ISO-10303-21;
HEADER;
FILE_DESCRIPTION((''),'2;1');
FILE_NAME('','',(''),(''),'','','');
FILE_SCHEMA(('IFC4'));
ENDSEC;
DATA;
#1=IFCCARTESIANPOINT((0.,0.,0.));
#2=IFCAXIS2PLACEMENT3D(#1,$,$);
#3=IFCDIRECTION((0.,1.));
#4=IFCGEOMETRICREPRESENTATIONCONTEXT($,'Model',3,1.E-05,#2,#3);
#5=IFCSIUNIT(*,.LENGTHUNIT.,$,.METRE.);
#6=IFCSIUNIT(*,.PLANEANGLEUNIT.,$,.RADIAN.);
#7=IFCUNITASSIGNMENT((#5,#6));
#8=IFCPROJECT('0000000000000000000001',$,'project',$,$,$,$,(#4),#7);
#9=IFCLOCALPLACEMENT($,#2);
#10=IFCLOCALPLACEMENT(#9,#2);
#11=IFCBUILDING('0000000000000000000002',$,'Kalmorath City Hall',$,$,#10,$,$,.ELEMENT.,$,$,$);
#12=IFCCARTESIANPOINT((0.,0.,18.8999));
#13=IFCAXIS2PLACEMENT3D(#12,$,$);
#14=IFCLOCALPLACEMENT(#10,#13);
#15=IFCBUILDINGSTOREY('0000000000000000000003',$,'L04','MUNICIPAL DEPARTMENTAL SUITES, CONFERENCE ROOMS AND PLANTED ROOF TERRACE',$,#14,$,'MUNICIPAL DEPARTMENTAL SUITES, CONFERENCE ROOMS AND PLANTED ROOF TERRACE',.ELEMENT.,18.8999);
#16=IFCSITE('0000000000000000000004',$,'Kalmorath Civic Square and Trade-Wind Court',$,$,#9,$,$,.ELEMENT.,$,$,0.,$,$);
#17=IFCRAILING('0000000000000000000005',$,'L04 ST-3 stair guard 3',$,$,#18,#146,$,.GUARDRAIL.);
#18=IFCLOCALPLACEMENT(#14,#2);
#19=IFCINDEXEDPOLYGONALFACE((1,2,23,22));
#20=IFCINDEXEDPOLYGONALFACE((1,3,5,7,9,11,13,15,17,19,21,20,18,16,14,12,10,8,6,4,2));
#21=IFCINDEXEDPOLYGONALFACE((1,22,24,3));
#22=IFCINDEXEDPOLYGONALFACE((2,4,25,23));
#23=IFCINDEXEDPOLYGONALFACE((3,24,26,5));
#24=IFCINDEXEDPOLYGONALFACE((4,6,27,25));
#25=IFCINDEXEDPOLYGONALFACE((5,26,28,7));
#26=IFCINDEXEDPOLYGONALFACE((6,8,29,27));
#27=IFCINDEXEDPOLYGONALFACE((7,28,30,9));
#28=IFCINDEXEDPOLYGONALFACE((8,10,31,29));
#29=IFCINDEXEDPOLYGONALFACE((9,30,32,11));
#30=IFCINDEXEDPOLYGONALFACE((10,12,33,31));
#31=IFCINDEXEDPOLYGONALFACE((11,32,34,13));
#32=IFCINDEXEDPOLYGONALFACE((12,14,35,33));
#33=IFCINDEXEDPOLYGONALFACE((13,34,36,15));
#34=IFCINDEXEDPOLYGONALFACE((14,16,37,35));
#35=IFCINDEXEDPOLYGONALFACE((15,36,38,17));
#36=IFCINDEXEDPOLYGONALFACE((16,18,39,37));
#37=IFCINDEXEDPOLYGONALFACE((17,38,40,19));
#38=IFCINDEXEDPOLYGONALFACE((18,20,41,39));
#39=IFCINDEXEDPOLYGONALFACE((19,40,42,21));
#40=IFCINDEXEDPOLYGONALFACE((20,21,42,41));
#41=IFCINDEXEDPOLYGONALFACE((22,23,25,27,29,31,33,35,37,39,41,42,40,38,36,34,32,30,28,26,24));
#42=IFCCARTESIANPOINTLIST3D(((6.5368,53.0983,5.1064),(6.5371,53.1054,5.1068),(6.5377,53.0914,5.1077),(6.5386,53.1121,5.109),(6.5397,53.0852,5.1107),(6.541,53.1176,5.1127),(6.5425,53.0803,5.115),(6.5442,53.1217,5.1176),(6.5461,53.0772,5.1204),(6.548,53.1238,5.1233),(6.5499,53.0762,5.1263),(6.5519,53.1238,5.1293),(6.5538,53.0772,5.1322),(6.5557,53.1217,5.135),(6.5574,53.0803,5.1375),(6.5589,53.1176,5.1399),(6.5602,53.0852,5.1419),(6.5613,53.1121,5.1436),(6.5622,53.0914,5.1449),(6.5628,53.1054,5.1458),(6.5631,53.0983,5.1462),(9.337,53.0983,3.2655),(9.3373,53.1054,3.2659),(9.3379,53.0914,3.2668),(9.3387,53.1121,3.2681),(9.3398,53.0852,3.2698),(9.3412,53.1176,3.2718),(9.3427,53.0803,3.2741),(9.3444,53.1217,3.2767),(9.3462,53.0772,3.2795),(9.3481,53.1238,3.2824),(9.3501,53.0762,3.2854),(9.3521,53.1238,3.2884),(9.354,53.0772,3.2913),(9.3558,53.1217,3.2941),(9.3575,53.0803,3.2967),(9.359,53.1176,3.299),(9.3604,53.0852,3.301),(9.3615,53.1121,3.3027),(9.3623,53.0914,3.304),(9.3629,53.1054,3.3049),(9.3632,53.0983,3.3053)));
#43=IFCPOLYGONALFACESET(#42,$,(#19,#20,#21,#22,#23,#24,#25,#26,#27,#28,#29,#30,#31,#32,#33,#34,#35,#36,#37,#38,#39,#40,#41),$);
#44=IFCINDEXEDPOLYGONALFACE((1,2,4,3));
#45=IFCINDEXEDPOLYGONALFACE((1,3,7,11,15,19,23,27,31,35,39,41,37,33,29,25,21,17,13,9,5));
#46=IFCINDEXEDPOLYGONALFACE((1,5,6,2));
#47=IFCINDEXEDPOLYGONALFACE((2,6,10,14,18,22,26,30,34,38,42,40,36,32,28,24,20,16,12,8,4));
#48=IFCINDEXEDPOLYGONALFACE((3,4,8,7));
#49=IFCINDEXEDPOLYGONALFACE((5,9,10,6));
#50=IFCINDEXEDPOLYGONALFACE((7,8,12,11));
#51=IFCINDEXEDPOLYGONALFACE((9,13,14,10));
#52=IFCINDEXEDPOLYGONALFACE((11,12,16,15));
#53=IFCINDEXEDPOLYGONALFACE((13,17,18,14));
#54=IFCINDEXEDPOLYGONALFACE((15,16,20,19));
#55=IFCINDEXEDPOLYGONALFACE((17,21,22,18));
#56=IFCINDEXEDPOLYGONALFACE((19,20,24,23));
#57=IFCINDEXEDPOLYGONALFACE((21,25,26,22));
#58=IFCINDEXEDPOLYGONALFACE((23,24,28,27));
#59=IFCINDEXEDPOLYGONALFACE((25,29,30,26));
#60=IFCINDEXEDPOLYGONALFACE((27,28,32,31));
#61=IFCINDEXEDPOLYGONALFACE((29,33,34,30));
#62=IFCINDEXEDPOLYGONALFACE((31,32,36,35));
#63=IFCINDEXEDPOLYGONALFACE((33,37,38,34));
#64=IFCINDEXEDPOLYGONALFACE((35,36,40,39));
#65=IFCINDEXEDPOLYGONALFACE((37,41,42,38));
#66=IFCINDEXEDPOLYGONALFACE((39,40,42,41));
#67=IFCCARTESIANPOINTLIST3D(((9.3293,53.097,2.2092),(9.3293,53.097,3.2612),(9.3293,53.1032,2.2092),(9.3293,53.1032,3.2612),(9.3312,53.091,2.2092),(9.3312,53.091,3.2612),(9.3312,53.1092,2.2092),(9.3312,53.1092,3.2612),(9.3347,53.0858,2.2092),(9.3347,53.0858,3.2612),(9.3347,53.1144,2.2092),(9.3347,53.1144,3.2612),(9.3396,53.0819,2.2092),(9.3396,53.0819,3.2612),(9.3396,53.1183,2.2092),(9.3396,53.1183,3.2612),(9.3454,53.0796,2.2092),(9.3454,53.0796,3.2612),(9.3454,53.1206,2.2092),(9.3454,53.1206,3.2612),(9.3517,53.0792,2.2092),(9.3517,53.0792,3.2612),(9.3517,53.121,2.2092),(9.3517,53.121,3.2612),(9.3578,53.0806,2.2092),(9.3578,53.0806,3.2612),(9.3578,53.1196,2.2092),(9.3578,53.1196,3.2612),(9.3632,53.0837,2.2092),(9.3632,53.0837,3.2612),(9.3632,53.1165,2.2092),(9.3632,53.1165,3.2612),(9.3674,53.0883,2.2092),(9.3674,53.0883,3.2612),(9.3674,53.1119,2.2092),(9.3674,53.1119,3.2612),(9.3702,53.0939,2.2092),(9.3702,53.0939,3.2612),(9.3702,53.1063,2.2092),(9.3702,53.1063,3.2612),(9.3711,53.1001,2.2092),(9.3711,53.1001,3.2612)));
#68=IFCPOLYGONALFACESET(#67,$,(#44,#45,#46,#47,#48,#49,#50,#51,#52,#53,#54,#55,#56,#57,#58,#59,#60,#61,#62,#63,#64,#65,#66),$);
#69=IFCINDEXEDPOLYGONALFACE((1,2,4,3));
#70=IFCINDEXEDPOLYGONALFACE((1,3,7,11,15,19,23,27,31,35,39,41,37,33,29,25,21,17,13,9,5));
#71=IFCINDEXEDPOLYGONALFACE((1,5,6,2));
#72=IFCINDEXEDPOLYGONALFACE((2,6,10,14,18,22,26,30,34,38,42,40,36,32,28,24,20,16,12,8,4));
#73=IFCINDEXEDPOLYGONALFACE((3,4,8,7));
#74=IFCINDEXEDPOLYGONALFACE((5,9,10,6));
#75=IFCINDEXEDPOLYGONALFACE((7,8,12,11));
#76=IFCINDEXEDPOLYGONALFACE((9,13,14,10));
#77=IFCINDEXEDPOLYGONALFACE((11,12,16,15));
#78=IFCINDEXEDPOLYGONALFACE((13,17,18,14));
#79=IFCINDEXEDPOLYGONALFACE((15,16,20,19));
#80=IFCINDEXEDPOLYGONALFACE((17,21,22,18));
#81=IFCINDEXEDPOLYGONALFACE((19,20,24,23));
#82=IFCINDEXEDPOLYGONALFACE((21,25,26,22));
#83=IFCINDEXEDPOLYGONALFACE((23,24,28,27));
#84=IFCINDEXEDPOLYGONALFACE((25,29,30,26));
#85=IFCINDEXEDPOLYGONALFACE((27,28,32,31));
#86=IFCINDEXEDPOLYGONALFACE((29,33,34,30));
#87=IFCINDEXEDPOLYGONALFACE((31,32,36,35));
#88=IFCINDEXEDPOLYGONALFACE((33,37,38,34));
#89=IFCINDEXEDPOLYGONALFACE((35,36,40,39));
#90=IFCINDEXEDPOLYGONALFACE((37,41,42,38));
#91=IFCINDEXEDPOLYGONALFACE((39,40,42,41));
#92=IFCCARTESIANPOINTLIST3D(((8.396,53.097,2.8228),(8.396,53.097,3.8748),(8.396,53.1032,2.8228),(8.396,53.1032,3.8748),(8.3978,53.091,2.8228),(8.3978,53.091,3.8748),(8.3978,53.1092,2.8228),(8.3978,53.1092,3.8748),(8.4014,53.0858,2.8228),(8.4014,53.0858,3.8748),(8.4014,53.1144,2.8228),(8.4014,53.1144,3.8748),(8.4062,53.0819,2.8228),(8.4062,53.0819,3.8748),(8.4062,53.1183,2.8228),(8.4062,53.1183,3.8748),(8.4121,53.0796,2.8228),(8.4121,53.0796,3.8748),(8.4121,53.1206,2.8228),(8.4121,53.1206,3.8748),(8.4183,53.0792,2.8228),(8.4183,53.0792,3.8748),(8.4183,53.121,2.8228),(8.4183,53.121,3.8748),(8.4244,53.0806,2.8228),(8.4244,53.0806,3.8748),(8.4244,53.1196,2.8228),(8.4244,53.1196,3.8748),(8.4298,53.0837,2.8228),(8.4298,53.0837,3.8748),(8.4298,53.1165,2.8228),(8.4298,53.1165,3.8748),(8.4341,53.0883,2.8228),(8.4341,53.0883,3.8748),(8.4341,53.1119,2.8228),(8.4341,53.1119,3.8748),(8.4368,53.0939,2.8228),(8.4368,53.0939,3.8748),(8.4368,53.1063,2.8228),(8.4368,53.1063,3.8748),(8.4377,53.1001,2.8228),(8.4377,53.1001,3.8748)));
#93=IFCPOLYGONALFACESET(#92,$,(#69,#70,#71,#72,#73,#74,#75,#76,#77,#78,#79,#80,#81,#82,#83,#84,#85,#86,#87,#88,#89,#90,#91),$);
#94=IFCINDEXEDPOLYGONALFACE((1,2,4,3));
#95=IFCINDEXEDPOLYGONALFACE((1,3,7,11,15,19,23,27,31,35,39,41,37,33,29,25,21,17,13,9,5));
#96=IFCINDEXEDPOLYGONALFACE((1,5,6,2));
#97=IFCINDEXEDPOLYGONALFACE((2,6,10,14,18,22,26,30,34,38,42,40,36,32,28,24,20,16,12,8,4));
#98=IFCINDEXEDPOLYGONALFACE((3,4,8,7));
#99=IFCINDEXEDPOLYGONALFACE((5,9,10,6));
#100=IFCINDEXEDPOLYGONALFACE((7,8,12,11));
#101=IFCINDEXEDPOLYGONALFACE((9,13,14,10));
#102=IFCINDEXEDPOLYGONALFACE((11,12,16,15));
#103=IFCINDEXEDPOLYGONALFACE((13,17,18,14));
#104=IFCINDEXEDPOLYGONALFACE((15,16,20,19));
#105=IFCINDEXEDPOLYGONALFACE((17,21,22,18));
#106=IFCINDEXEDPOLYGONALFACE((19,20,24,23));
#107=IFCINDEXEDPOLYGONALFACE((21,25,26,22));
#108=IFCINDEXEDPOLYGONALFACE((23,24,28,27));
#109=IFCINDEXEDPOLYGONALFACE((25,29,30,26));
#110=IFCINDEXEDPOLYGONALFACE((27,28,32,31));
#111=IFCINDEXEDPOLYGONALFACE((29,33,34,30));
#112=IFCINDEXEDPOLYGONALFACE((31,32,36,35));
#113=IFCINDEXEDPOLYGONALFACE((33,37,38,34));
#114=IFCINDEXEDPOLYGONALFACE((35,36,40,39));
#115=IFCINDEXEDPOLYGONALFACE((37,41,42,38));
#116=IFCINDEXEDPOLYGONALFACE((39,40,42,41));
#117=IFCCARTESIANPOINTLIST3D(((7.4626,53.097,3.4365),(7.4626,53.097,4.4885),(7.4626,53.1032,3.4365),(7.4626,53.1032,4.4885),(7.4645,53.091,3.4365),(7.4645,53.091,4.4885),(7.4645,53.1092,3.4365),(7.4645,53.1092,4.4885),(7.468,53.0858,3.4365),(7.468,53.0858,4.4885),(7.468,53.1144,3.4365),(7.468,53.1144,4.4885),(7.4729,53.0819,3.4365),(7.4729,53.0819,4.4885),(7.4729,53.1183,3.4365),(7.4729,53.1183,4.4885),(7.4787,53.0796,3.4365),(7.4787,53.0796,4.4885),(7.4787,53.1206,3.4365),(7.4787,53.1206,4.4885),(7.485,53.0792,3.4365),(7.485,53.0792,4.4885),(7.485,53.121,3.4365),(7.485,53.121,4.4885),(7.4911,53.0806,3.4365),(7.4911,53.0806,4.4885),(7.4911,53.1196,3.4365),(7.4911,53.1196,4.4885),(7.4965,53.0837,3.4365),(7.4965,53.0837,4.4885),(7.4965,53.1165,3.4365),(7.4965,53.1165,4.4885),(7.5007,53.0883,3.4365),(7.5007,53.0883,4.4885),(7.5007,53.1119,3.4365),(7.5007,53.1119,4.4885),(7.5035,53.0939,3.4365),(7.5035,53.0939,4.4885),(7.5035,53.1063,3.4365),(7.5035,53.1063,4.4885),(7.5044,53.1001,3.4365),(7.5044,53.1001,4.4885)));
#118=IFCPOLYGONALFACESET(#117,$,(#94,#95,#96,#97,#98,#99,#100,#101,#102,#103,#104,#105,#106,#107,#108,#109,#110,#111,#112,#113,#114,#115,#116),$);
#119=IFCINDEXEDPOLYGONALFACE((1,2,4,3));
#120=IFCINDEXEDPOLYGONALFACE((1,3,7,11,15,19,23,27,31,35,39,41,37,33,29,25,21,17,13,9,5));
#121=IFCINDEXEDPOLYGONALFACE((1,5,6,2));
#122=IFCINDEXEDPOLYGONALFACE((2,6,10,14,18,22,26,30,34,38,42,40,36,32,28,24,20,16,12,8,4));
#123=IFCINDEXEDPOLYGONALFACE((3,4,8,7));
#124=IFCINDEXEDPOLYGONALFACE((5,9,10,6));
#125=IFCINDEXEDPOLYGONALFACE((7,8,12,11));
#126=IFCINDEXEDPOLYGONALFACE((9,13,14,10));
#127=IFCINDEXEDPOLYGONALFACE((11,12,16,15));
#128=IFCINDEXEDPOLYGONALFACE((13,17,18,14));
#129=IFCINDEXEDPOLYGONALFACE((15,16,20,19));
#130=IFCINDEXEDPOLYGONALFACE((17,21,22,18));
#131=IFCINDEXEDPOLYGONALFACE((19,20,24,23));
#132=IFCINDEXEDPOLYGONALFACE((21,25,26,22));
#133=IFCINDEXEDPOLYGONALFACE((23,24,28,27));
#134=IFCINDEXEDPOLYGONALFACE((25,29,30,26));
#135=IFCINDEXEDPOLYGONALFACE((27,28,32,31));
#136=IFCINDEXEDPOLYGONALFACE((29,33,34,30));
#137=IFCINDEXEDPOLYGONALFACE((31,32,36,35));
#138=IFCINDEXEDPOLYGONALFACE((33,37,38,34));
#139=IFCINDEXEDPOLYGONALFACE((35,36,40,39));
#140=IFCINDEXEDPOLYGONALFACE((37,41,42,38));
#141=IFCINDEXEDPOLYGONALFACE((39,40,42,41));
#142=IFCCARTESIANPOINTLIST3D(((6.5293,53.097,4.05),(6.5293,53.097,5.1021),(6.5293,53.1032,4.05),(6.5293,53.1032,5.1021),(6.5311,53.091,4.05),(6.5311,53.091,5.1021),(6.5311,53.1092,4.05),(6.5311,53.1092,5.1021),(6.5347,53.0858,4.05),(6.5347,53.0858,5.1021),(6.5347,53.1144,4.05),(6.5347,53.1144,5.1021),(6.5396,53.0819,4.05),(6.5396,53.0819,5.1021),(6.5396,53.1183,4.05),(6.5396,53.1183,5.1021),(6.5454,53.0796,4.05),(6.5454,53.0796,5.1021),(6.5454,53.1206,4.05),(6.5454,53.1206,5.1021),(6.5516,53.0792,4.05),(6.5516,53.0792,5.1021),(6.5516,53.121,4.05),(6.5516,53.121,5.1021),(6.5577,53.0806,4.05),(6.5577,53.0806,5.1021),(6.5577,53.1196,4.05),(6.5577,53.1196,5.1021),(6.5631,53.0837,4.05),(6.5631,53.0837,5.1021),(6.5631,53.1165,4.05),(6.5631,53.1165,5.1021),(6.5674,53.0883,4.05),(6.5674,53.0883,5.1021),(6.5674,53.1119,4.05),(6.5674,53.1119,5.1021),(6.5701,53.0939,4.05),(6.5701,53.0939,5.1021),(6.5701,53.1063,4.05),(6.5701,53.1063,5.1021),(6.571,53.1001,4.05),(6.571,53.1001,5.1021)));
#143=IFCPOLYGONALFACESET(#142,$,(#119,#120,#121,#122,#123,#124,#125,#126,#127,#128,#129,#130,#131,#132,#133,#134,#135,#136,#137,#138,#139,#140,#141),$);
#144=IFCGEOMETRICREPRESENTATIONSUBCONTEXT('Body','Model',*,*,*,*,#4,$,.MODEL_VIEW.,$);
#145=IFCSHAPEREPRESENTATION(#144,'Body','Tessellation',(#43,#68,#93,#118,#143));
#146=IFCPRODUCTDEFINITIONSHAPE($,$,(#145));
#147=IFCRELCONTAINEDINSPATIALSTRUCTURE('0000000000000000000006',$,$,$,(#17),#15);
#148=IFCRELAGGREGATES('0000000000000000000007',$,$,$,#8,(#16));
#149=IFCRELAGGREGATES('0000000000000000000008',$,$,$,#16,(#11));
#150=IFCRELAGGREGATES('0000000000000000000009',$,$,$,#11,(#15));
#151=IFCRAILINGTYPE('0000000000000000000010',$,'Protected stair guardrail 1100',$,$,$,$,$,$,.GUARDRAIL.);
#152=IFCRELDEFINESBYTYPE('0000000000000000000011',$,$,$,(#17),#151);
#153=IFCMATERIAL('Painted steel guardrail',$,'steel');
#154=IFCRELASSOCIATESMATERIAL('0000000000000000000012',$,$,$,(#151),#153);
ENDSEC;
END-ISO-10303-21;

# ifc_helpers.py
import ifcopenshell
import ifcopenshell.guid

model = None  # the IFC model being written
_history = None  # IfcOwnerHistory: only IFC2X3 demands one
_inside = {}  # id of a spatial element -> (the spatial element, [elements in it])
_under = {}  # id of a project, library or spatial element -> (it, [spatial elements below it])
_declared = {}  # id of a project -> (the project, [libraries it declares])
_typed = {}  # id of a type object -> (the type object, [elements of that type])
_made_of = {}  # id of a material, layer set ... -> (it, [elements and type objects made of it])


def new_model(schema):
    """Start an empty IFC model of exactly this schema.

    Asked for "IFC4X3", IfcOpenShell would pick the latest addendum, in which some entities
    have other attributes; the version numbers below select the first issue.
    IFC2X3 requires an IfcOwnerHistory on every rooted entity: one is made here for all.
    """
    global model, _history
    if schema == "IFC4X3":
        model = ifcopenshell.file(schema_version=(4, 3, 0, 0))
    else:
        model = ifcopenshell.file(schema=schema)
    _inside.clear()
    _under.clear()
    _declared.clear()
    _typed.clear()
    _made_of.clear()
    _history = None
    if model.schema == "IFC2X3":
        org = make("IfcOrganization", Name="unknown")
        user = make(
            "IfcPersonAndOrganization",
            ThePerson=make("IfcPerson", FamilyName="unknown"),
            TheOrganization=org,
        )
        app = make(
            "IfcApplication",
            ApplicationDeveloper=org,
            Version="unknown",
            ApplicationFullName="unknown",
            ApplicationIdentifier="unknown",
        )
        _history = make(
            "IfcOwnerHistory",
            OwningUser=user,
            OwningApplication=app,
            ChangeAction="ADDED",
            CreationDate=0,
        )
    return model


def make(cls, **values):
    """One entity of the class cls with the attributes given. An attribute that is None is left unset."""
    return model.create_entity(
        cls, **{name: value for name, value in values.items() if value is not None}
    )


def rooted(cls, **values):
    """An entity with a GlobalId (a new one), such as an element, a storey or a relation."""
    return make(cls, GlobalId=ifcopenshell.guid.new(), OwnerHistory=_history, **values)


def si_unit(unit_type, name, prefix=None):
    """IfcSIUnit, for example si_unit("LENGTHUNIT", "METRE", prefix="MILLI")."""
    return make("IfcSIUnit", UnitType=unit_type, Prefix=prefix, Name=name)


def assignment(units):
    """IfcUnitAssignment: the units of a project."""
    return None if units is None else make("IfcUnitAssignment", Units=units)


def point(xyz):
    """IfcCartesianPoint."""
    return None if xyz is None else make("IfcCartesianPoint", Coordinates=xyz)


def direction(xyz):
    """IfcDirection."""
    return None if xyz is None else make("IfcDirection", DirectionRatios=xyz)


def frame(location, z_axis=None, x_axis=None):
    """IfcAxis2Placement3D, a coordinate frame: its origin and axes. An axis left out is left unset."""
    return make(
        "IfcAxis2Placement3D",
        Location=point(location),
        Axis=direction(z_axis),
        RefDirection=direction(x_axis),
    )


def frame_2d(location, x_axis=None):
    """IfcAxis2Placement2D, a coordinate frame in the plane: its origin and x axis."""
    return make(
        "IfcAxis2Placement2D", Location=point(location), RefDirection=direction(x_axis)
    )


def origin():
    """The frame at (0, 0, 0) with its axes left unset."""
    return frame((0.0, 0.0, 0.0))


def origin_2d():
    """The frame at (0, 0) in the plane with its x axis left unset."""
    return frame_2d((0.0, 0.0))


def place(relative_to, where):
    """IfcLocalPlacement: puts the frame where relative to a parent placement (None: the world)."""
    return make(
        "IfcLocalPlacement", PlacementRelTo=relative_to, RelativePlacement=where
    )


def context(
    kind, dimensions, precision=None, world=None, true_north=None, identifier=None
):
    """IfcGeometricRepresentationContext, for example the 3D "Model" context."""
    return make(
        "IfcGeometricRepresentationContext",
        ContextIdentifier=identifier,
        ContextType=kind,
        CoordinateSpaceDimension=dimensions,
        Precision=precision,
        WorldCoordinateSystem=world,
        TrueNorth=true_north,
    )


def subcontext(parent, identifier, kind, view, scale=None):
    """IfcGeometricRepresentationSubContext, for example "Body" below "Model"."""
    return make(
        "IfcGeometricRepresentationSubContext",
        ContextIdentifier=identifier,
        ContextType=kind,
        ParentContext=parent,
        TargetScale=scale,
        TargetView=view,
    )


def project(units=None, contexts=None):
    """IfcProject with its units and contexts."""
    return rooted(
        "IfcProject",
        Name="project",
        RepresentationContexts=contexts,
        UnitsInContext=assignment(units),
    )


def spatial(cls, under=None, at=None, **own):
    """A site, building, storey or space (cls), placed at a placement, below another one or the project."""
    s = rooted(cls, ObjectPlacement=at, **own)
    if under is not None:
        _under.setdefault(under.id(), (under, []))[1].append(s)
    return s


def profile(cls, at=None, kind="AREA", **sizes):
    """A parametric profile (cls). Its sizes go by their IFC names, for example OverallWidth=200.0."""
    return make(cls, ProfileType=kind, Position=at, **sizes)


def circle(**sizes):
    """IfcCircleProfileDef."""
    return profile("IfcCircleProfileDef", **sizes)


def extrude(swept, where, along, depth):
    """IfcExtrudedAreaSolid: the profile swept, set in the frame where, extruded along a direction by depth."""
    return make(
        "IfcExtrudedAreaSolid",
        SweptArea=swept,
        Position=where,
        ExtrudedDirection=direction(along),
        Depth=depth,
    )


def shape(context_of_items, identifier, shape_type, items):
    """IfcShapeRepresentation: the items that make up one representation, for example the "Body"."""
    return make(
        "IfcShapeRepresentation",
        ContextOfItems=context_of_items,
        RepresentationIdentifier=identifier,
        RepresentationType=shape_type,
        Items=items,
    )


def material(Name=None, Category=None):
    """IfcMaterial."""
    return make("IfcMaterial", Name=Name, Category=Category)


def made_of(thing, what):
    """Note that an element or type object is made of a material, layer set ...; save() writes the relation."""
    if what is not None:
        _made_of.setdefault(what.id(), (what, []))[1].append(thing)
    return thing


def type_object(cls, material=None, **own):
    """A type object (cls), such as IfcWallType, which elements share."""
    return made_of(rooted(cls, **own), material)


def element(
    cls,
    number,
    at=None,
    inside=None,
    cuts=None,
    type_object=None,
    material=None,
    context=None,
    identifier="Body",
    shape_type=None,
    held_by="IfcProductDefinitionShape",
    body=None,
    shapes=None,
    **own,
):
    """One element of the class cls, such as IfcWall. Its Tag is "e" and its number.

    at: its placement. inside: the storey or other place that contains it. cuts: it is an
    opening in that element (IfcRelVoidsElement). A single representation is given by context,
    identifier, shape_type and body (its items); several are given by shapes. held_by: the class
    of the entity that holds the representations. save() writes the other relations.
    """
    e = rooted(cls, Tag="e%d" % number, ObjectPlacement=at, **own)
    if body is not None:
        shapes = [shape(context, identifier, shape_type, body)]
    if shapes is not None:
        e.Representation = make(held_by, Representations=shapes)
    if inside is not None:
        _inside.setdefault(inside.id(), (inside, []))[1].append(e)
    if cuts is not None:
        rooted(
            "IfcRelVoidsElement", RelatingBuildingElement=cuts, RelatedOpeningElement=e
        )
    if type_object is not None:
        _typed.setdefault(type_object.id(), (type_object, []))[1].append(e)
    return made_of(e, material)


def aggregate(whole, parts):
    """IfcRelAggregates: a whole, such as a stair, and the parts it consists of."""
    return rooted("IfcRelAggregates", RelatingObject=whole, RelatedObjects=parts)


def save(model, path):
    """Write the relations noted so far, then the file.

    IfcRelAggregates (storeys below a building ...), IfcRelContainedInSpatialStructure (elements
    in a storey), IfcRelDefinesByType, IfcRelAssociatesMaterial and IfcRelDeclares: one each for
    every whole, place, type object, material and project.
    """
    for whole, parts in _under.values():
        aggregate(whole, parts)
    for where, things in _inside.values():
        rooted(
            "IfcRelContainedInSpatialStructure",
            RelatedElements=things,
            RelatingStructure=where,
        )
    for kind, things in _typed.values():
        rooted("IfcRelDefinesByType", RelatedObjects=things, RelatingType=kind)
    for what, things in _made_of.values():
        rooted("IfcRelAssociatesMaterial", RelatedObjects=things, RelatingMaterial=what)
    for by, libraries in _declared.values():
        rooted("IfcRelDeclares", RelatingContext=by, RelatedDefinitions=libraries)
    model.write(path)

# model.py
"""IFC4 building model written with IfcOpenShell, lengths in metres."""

from ifc_helpers import new_model, si_unit, direction, frame, origin, origin_2d, place, context, subcontext, project, spatial, circle, extrude, material, type_object, element, save


model = new_model("IFC4")

# Units and contexts
model_context = context("Model", 3, precision=1e-05, world=origin(), true_north=direction((0.0, 1.0)))
body_context = subcontext(model_context, "Body", "Model", "MODEL_VIEW")
ifc_project = project(units=[si_unit("LENGTHUNIT", "METRE"), si_unit("PLANEANGLEUNIT", "RADIAN")], contexts=[model_context])

# Site, building, storey
site_placement = place(None, origin())
site = spatial("IfcSite", under=ifc_project, at=site_placement, Name="Kalmorath Civic Square and Trade-Wind Court", CompositionType="ELEMENT", RefElevation=0.0)
building_placement = place(site_placement, origin())
building = spatial("IfcBuilding", under=site, at=building_placement, Name="Kalmorath City Hall", CompositionType="ELEMENT")
storey_placement = place(building_placement, frame((0.0, 0.0, 18.8999)))
storey = spatial("IfcBuildingStorey", under=building, at=storey_placement, Name="L04", Description="MUNICIPAL DEPARTMENTAL SUITES, CONFERENCE ROOMS AND PLANTED ROOF TERRACE", LongName="MUNICIPAL DEPARTMENTAL SUITES, CONFERENCE ROOMS AND PLANTED ROOF TERRACE", CompositionType="ELEMENT", Elevation=18.8999)

# Railing
ifc_material_1 = material(Name="Painted steel guardrail", Category="steel")
railing_type_1 = type_object("IfcRailingType", Name="Protected stair guardrail 1100", PredefinedType="GUARDRAIL", material=ifc_material_1)
railing_1_placement = place(storey_placement, frame((9.3501, 53.1001, 2.2092)))
element("IfcRailing", 1, at=railing_1_placement, inside=storey, type_object=railing_type_1, Name="L04 ST-3 stair guard 3", PredefinedType="GUARDRAIL", context=body_context, shape_type="SweptSolid", body=[
    extrude(circle(Radius=0.0239, at=origin_2d()), frame((0.0, 0.0, 1.0762), z_axis=(-0.835598, 0.0, 0.549342), x_axis=(0.0, -1.0, 0.0)), (0.0, 0.0, 1.0), 3.3511),
    extrude(circle(Radius=0.021, at=origin_2d()), origin(), (0.0, 0.0, 1.0), 1.052),
    extrude(circle(Radius=0.021, at=origin_2d()), frame((-0.9333, 0.0, 0.6135)), (0.0, 0.0, 1.0), 1.052),
    extrude(circle(Radius=0.021, at=origin_2d()), frame((-1.8667, 0.0, 1.2273)), (0.0, 0.0, 1.0), 1.052),
    extrude(circle(Radius=0.021, at=origin_2d()), frame((-2.8, 0.0, 1.8408)), (0.0, 0.0, 1.0), 1.052),
])

save(model, "model.ifc")
